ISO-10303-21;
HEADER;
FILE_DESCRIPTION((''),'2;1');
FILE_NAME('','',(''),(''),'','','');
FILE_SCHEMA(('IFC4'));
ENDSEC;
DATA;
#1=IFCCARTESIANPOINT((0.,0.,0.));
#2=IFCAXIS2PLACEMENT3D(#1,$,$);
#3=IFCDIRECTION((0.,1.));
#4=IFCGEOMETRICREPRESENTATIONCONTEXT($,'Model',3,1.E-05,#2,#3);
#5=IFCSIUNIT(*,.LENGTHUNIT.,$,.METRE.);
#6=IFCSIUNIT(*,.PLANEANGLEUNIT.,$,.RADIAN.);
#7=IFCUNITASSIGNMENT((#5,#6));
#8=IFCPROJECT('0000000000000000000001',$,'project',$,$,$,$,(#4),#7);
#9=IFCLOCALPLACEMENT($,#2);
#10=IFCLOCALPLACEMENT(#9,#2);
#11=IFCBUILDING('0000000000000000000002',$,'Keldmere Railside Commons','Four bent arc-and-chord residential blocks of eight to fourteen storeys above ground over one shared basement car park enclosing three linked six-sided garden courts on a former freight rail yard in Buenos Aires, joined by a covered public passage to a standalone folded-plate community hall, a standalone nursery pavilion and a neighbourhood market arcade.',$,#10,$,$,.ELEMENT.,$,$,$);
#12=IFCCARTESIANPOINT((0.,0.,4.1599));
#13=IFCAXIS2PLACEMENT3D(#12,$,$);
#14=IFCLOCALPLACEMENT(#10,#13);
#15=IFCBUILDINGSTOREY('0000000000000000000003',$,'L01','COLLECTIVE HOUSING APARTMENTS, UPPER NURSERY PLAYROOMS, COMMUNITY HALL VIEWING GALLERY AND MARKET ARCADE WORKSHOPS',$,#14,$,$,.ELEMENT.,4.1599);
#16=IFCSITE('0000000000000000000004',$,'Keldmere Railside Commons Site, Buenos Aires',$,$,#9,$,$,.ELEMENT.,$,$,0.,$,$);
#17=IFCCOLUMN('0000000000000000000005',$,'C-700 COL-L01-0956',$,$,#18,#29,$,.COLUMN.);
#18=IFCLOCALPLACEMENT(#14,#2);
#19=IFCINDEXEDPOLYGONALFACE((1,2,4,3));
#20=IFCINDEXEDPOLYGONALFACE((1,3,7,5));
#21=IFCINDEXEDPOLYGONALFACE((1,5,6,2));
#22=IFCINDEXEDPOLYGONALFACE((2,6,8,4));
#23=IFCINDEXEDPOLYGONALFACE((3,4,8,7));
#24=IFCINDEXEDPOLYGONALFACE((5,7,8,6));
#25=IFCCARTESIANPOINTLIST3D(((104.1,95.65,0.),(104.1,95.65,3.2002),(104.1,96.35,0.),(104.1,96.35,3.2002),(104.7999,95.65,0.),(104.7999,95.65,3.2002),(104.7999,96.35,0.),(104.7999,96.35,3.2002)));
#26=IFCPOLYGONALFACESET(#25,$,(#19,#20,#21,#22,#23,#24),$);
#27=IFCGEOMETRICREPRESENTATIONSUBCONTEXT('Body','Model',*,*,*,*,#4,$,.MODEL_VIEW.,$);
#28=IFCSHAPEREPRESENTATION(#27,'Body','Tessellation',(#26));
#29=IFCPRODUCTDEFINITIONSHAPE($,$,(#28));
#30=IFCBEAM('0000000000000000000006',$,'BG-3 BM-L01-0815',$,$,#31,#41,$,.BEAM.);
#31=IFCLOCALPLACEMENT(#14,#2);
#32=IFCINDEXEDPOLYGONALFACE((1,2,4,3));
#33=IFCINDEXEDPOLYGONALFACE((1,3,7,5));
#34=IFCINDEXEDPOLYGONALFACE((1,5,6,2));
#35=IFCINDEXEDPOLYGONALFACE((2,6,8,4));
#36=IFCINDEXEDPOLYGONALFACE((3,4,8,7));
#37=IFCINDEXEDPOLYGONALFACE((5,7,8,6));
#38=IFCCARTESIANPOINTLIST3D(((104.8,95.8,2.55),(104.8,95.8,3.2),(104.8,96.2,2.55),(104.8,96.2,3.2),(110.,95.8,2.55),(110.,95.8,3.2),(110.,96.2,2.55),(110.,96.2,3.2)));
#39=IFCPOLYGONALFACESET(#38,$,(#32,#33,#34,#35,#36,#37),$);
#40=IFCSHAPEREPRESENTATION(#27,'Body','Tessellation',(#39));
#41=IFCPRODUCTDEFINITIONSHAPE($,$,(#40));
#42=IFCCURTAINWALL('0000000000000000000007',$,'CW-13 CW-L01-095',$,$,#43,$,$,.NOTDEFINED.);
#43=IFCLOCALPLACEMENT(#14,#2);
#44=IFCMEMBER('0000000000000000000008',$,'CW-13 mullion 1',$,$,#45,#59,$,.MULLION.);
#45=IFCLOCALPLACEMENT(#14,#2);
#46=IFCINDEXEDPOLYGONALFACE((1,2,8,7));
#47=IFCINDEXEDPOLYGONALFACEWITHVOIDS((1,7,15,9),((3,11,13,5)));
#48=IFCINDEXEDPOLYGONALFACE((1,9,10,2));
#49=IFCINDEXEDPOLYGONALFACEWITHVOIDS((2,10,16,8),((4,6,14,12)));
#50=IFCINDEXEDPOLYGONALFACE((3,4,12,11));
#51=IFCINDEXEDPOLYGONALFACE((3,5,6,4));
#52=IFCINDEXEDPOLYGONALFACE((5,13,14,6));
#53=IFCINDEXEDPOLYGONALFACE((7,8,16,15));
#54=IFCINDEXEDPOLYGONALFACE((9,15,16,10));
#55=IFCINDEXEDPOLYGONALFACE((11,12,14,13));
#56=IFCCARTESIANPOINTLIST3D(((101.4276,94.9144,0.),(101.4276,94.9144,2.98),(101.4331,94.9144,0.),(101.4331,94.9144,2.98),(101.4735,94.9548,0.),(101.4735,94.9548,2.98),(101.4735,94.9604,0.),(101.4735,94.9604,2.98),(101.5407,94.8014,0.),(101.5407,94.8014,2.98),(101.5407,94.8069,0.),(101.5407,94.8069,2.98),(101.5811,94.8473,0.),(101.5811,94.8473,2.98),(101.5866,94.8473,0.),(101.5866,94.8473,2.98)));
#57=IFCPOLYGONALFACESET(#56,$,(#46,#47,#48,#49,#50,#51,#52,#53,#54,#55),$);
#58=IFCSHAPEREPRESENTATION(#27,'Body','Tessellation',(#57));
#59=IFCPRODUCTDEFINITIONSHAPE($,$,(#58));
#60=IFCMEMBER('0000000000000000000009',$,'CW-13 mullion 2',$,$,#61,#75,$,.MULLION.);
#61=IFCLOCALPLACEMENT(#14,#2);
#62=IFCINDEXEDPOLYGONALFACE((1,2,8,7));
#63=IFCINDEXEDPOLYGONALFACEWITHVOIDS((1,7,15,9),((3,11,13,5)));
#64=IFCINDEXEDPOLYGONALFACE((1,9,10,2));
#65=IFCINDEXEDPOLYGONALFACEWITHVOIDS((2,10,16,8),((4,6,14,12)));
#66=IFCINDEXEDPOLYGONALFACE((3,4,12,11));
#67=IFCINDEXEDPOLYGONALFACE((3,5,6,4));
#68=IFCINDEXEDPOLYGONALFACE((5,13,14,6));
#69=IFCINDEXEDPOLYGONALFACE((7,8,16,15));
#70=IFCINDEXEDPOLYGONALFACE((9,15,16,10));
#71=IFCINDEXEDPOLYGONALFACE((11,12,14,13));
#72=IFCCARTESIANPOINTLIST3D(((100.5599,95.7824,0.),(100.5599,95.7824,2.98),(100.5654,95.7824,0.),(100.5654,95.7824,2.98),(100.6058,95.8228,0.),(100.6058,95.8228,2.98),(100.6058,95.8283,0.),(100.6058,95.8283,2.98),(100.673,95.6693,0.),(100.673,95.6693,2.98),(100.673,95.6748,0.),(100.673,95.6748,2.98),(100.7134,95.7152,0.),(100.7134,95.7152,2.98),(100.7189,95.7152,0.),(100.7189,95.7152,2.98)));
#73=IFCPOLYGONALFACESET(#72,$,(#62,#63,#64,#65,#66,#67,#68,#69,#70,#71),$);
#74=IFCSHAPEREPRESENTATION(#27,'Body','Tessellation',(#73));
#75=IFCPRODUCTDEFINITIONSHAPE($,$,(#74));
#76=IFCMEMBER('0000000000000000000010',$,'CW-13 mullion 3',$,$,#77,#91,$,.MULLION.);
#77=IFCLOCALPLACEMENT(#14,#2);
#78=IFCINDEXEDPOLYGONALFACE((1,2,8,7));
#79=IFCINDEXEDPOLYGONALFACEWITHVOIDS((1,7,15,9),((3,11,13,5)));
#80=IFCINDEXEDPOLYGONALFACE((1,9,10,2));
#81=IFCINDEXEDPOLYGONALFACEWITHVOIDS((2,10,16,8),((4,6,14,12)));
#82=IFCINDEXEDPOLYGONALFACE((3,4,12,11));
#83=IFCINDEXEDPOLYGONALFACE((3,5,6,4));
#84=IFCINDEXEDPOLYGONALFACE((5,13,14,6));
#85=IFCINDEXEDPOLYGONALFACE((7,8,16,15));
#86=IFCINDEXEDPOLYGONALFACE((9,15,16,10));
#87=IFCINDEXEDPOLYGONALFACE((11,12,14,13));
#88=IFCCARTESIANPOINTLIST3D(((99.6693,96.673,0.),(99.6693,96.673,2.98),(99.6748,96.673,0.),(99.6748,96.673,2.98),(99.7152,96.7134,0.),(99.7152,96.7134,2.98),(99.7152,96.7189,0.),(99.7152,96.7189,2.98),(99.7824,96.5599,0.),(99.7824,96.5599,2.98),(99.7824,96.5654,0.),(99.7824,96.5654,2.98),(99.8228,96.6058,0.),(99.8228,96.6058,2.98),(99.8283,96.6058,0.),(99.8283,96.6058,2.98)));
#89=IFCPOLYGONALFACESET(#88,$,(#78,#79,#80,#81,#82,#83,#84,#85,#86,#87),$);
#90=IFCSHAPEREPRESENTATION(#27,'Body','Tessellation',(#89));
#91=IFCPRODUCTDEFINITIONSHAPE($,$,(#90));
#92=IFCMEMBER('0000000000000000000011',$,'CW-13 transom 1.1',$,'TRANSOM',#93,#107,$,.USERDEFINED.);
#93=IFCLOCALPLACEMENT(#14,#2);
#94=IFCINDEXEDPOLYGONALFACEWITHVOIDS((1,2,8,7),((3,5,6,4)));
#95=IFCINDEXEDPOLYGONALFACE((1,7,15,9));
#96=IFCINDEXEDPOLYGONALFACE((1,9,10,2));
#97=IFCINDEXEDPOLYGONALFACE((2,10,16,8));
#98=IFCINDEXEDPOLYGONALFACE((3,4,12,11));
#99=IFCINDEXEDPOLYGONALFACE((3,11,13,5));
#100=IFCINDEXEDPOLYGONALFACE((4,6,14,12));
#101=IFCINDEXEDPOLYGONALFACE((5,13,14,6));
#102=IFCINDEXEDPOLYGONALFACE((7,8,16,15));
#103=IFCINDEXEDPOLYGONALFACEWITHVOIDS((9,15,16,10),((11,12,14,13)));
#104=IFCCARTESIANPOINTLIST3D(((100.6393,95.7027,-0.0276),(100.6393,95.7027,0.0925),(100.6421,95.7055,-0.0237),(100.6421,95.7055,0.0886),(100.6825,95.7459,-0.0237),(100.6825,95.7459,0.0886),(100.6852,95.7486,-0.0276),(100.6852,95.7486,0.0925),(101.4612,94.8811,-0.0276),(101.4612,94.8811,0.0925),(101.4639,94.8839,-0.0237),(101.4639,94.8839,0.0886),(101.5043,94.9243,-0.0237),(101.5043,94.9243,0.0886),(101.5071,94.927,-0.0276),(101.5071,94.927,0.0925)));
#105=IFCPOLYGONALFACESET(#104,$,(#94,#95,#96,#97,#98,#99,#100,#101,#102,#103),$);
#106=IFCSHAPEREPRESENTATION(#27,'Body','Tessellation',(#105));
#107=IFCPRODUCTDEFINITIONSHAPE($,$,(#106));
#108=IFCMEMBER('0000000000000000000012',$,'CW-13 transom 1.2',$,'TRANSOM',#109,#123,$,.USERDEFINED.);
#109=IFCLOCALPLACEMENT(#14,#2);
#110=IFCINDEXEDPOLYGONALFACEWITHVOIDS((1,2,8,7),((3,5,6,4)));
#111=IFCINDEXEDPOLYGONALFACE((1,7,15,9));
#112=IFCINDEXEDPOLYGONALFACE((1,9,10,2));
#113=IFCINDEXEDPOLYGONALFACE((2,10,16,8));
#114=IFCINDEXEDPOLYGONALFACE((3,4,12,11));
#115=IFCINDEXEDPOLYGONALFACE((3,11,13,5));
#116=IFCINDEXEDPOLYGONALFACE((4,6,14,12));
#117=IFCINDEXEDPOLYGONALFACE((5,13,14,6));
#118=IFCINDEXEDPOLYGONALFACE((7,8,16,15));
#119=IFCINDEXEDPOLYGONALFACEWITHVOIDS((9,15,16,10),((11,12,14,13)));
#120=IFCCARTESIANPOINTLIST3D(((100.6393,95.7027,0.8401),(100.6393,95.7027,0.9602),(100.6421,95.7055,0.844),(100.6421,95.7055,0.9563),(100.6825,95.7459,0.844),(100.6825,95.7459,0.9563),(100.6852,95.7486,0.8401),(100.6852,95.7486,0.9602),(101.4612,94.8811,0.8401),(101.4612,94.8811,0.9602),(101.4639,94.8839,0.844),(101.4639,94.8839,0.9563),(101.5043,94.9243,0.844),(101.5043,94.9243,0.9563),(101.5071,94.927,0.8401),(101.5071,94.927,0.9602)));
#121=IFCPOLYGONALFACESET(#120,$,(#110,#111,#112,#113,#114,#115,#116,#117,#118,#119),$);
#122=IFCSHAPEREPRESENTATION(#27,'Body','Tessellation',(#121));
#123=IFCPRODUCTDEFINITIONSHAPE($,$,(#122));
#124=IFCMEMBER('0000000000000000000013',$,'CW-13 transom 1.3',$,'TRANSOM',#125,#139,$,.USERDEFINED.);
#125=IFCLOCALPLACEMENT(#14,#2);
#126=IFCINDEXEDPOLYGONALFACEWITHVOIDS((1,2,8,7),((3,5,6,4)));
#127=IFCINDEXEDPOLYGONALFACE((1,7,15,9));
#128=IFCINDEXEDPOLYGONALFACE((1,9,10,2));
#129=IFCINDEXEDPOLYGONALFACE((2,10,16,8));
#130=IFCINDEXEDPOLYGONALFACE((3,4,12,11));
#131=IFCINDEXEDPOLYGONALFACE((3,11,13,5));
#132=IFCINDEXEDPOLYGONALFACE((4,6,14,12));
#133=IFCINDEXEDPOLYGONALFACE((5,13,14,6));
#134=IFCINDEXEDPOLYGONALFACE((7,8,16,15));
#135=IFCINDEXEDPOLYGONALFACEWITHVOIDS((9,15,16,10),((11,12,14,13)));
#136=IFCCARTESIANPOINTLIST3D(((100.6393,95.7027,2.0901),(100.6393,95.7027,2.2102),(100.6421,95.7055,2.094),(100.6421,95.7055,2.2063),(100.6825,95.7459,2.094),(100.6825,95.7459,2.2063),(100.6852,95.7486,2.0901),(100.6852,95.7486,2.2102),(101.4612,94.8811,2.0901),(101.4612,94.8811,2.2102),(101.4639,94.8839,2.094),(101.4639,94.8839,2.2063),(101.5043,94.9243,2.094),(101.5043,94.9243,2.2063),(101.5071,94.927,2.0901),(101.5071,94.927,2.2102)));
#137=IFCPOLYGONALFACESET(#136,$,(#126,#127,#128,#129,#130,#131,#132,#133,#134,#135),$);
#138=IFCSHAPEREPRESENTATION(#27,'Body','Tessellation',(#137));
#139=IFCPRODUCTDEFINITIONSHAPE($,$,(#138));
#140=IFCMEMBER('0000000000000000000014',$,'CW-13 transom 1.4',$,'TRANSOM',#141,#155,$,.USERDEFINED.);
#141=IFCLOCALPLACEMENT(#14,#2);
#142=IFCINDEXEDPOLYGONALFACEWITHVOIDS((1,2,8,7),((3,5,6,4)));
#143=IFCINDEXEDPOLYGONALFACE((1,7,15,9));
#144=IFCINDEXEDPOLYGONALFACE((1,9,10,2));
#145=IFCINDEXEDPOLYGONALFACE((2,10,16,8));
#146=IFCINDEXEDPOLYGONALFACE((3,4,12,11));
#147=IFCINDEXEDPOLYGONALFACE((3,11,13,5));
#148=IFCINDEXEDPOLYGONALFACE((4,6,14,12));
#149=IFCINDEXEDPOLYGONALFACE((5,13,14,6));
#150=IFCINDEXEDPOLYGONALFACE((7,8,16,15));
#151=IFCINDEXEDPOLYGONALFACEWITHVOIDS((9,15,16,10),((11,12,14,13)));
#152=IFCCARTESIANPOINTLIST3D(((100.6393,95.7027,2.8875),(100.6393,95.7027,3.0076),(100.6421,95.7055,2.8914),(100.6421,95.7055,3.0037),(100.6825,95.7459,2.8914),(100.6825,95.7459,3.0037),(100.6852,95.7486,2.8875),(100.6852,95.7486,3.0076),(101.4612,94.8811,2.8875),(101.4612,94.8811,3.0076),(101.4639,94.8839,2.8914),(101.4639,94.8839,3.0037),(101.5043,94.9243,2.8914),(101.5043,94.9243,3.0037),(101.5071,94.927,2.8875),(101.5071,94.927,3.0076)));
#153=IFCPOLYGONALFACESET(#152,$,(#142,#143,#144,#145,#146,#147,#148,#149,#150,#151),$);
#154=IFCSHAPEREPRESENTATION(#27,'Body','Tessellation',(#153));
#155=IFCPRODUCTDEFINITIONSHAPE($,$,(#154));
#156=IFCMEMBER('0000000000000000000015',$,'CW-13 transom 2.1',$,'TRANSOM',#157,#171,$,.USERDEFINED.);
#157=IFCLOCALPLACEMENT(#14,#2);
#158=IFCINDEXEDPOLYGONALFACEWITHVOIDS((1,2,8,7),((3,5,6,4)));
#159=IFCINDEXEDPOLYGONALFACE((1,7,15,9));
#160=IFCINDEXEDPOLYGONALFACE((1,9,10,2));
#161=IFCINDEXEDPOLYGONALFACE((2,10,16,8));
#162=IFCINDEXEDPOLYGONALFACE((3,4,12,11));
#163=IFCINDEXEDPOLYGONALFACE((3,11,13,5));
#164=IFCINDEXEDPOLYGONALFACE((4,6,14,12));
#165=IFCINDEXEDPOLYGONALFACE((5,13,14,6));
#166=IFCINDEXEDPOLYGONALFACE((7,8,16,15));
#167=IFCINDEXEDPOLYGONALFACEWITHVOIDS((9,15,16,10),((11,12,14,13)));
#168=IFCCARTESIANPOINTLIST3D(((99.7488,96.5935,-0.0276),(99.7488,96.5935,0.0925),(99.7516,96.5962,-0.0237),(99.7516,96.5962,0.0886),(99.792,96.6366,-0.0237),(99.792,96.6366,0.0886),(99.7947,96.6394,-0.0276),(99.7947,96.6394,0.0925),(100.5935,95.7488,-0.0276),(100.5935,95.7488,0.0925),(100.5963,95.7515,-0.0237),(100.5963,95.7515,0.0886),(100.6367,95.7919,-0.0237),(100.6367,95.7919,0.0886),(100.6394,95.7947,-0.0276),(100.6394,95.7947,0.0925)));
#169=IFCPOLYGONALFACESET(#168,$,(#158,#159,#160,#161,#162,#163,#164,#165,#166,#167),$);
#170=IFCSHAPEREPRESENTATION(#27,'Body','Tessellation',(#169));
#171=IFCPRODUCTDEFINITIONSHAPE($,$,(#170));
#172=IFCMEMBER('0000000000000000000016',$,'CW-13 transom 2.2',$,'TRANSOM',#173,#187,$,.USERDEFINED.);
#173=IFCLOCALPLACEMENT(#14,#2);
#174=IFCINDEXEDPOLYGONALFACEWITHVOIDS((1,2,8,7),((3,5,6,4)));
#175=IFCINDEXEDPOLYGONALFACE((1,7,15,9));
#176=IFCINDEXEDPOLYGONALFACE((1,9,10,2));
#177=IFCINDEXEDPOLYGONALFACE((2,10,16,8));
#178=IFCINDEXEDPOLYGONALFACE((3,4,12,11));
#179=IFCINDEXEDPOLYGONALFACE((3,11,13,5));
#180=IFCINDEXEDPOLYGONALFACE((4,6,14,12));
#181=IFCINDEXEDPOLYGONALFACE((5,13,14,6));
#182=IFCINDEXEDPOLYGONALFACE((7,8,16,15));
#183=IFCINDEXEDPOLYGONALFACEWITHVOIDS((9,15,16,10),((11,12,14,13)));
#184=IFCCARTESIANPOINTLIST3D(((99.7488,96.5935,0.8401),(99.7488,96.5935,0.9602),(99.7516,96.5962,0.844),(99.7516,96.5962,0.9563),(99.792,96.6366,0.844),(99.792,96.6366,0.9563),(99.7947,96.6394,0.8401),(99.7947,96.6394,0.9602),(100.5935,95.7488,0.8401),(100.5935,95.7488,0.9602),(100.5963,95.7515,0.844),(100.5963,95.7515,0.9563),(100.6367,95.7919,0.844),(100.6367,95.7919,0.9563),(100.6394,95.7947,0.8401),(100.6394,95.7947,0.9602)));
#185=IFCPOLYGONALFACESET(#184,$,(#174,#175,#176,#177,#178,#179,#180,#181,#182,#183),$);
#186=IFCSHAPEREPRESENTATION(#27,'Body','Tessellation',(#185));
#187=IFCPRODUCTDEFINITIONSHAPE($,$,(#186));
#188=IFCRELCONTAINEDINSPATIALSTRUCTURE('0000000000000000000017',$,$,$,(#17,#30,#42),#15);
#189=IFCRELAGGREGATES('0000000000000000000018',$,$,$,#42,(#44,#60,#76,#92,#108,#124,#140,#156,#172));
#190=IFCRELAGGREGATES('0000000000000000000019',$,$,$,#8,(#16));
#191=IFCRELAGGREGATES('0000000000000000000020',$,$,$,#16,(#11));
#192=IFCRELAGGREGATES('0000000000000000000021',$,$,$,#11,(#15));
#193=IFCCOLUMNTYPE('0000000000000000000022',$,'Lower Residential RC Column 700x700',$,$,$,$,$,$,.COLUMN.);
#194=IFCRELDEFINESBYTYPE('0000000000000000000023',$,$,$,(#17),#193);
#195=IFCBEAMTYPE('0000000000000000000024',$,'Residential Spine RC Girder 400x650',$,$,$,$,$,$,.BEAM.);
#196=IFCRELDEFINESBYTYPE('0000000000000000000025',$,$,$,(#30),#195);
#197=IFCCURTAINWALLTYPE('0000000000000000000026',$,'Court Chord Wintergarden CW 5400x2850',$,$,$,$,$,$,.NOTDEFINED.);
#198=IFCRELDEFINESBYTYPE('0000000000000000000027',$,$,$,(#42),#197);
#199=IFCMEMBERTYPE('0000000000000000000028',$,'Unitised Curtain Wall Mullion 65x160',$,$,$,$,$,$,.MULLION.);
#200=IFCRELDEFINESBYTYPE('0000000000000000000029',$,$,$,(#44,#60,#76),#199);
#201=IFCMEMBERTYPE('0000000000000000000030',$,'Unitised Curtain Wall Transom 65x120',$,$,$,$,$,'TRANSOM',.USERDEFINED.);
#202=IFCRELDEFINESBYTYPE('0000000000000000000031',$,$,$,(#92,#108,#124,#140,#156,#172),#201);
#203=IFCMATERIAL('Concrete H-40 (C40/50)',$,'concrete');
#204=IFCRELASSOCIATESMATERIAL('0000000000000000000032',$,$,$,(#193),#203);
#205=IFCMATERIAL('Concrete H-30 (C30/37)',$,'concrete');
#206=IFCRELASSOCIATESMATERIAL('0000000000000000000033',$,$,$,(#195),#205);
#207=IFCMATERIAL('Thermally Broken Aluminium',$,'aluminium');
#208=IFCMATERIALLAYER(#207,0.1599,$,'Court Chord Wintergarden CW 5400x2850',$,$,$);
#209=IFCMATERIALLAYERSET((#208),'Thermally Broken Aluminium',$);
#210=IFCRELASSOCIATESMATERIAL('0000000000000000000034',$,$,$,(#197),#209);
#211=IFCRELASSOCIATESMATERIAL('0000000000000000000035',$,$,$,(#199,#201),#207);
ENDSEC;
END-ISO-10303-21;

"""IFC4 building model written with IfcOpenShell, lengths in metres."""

from ifc_helpers import new_model, si_unit, direction, frame, origin, origin_2d, place, context, subcontext, project, spatial, rectangle, hollow_rectangle, extrude, material, layer, layer_set, material_profile, profile_set, type_object, element, aggregate, save


model = new_model("IFC4")

# Units and contexts
model_context = context("Model", 3, precision=1e-05, world=origin(), true_north=direction((0.0, 1.0)))
body_context = subcontext(model_context, "Body", "Model", "MODEL_VIEW")
ifc_project = project(units=[si_unit("LENGTHUNIT", "METRE"), si_unit("PLANEANGLEUNIT", "RADIAN")], contexts=[model_context])

# Site, building, storey
site_placement = place(None, origin())
site = spatial("IfcSite", under=ifc_project, at=site_placement, Name="Keldmere Railside Commons Site, Buenos Aires", CompositionType="ELEMENT", RefElevation=0.0)
building_placement = place(site_placement, origin())
building = spatial("IfcBuilding", under=site, at=building_placement, Name="Keldmere Railside Commons", Description="Four bent arc-and-chord residential blocks of eight to fourteen storeys above ground over one shared basement car park enclosing three linked six-sided garden courts on a former freight rail yard in Buenos Aires, joined by a covered public passage to a standalone folded-plate community hall, a standalone nursery pavilion and a neighbourhood market arcade.", CompositionType="ELEMENT")
storey_placement = place(building_placement, frame((0.0, 0.0, 4.1599)))
storey = spatial("IfcBuildingStorey", under=building, at=storey_placement, Name="L01", Description="COLLECTIVE HOUSING APARTMENTS, UPPER NURSERY PLAYROOMS, COMMUNITY HALL VIEWING GALLERY AND MARKET ARCADE WORKSHOPS", CompositionType="ELEMENT", Elevation=4.1599)

# Column
ifc_material_1 = material(Name="Concrete H-40 (C40/50)", Category="concrete")
ifc_material_profile_1 = material_profile(ifc_material_1, rectangle(XDim=0.7, YDim=0.7, at=origin_2d()), Name="RC-700x700")
ifc_profile_set_1 = profile_set([ifc_material_profile_1], Name="Concrete H-40 (C40/50)")
column_type = type_object("IfcColumnType", Name="Lower Residential RC Column 700x700", PredefinedType="COLUMN", material=ifc_profile_set_1)
column_placement = place(storey_placement, frame((104.45, 96.0, 0.0), z_axis=(0.0, 0.0, 1.0), x_axis=(1.0, 0.0, 0.0)))
element("IfcColumn", 1, at=column_placement, inside=storey, type_object=column_type, Name="C-700 COL-L01-0956", PredefinedType="COLUMN", context=body_context, shape_type="SweptSolid", body=[
    extrude(rectangle(XDim=0.7, YDim=0.7, at=origin_2d()), origin(), (0.0, 0.0, 1.0), 3.2002),
])

# Beam
ifc_material_2 = material(Name="Concrete H-30 (C30/37)", Category="concrete")
ifc_material_profile_2 = material_profile(ifc_material_2, rectangle(XDim=0.3999, YDim=0.6499, at=origin_2d()), Name="RC-400x650")
ifc_profile_set_2 = profile_set([ifc_material_profile_2], Name="Concrete H-30 (C30/37)")
beam_type = type_object("IfcBeamType", Name="Residential Spine RC Girder 400x650", PredefinedType="BEAM", material=ifc_profile_set_2)
beam_placement = place(storey_placement, frame((104.8, 96.0, 2.875), z_axis=(1.0, 0.0, 0.0), x_axis=(0.0, 1.0, 0.0)))
element("IfcBeam", 2, at=beam_placement, inside=storey, type_object=beam_type, Name="BG-3 BM-L01-0815", PredefinedType="BEAM", context=body_context, shape_type="SweptSolid", body=[
    extrude(rectangle(XDim=0.3999, YDim=0.6499, at=origin_2d()), origin(), (0.0, 0.0, 1.0), 5.2),
])

# Curtain wall, members
ifc_material_3 = material(Name="Thermally Broken Aluminium", Category="aluminium")
ifc_layer_1 = layer(ifc_material_3, 0.1599, Name="Court Chord Wintergarden CW 5400x2850")
ifc_layer_set_1 = layer_set([ifc_layer_1], Name="Thermally Broken Aluminium")
curtain_wall_type = type_object("IfcCurtainWallType", Name="Court Chord Wintergarden CW 5400x2850", PredefinedType="NOTDEFINED", material=ifc_layer_set_1)
curtain_wall_placement = place(storey_placement, origin())
curtain_wall = element("IfcCurtainWall", 3, at=curtain_wall_placement, inside=storey, type_object=curtain_wall_type, Name="CW-13 CW-L01-095", PredefinedType="NOTDEFINED")
ifc_material_profile_3 = material_profile(ifc_material_3, hollow_rectangle(XDim=0.0649, YDim=0.1599, WallThickness=0.0039, at=origin_2d()), Name="ALU-MULL-65x160")
ifc_profile_set_3 = profile_set([ifc_material_profile_3], Name="Thermally Broken Aluminium")
member_type_1 = type_object("IfcMemberType", Name="Unitised Curtain Wall Mullion 65x160", PredefinedType="MULLION", material=ifc_profile_set_3)
member_1_placement = place(storey_placement, frame((101.5071, 94.8809, 0.0), z_axis=(0.0, 0.0, 1.0), x_axis=(-0.707107, -0.707107, 0.0)))
member_1 = element("IfcMember", 4, at=member_1_placement, type_object=member_type_1, Name="CW-13 mullion 1", PredefinedType="MULLION", context=body_context, shape_type="SweptSolid", body=[
    extrude(hollow_rectangle(XDim=0.0649, YDim=0.1599, WallThickness=0.0039, at=origin_2d()), origin(), (0.0, 0.0, 1.0), 2.98),
])
member_2_placement = place(storey_placement, frame((100.6394, 95.7488, 0.0), z_axis=(0.0, 0.0, 1.0), x_axis=(-0.707107, -0.707107, 0.0)))
member_2 = element("IfcMember", 5, at=member_2_placement, type_object=member_type_1, Name="CW-13 mullion 2", PredefinedType="MULLION", context=body_context, shape_type="SweptSolid", body=[
    extrude(hollow_rectangle(XDim=0.0649, YDim=0.1599, WallThickness=0.0039, at=origin_2d()), origin(), (0.0, 0.0, 1.0), 2.98),
])
member_3_placement = place(storey_placement, frame((99.7488, 96.6394, 0.0), z_axis=(0.0, 0.0, 1.0), x_axis=(-0.707107, -0.707107, 0.0)))
member_3 = element("IfcMember", 6, at=member_3_placement, type_object=member_type_1, Name="CW-13 mullion 3", PredefinedType="MULLION", context=body_context, shape_type="SweptSolid", body=[
    extrude(hollow_rectangle(XDim=0.0649, YDim=0.1599, WallThickness=0.0039, at=origin_2d()), origin(), (0.0, 0.0, 1.0), 2.98),
])
ifc_material_profile_4 = material_profile(ifc_material_3, hollow_rectangle(XDim=0.0649, YDim=0.1201, WallThickness=0.0039, at=origin_2d()), Name="ALU-TRAN-65x120")
ifc_profile_set_4 = profile_set([ifc_material_profile_4], Name="Thermally Broken Aluminium")
member_type_2 = type_object("IfcMemberType", Name="Unitised Curtain Wall Transom 65x120", ElementType="TRANSOM", PredefinedType="USERDEFINED", material=ifc_profile_set_4)
member_4_placement = place(storey_placement, frame((101.4841, 94.9041, 0.0325), z_axis=(-0.707212, 0.707002, 0.0), x_axis=(-0.707002, -0.707212, 0.0)))
member_4 = element("IfcMember", 7, at=member_4_placement, type_object=member_type_2, Name="CW-13 transom 1.1", ObjectType="TRANSOM", PredefinedType="USERDEFINED", context=body_context, shape_type="SweptSolid", body=[
    extrude(hollow_rectangle(XDim=0.0649, YDim=0.1201, WallThickness=0.0039, at=origin_2d()), origin(), (0.0, 0.0, 1.0), 1.1621),
])
member_5_placement = place(storey_placement, frame((101.4841, 94.9041, 0.9001), z_axis=(-0.707212, 0.707002, 0.0), x_axis=(-0.707002, -0.707212, 0.0)))
member_5 = element("IfcMember", 8, at=member_5_placement, type_object=member_type_2, Name="CW-13 transom 1.2", ObjectType="TRANSOM", PredefinedType="USERDEFINED", context=body_context, shape_type="SweptSolid", body=[
    extrude(hollow_rectangle(XDim=0.0649, YDim=0.1201, WallThickness=0.0039, at=origin_2d()), origin(), (0.0, 0.0, 1.0), 1.1621),
])
member_6_placement = place(storey_placement, frame((101.4841, 94.9041, 2.1501), z_axis=(-0.707212, 0.707002, 0.0), x_axis=(-0.707002, -0.707212, 0.0)))
member_6 = element("IfcMember", 9, at=member_6_placement, type_object=member_type_2, Name="CW-13 transom 1.3", ObjectType="TRANSOM", PredefinedType="USERDEFINED", context=body_context, shape_type="SweptSolid", body=[
    extrude(hollow_rectangle(XDim=0.0649, YDim=0.1201, WallThickness=0.0039, at=origin_2d()), origin(), (0.0, 0.0, 1.0), 1.1621),
])
member_7_placement = place(storey_placement, frame((101.4841, 94.9041, 2.9475), z_axis=(-0.707212, 0.707002, 0.0), x_axis=(-0.707002, -0.707212, 0.0)))
member_7 = element("IfcMember", 10, at=member_7_placement, type_object=member_type_2, Name="CW-13 transom 1.4", ObjectType="TRANSOM", PredefinedType="USERDEFINED", context=body_context, shape_type="SweptSolid", body=[
    extrude(hollow_rectangle(XDim=0.0649, YDim=0.1201, WallThickness=0.0039, at=origin_2d()), origin(), (0.0, 0.0, 1.0), 1.1621),
])
member_8_placement = place(storey_placement, frame((100.6165, 95.7717, 0.0325), z_axis=(-0.707107, 0.707107, 0.0), x_axis=(-0.707107, -0.707107, 0.0)))
member_8 = element("IfcMember", 11, at=member_8_placement, type_object=member_type_2, Name="CW-13 transom 2.1", ObjectType="TRANSOM", PredefinedType="USERDEFINED", context=body_context, shape_type="SweptSolid", body=[
    extrude(hollow_rectangle(XDim=0.0649, YDim=0.1201, WallThickness=0.0039, at=origin_2d()), origin(), (0.0, 0.0, 1.0), 1.1946),
])
member_9_placement = place(storey_placement, frame((100.6165, 95.7717, 0.9001), z_axis=(-0.707107, 0.707107, 0.0), x_axis=(-0.707107, -0.707107, 0.0)))
member_9 = element("IfcMember", 12, at=member_9_placement, type_object=member_type_2, Name="CW-13 transom 2.2", ObjectType="TRANSOM", PredefinedType="USERDEFINED", context=body_context, shape_type="SweptSolid", body=[
    extrude(hollow_rectangle(XDim=0.0649, YDim=0.1201, WallThickness=0.0039, at=origin_2d()), origin(), (0.0, 0.0, 1.0), 1.1946),
])
aggregate(curtain_wall, [member_1, member_2, member_3, member_4, member_5, member_6, member_7, member_8, member_9])

save(model, "model.ifc")
